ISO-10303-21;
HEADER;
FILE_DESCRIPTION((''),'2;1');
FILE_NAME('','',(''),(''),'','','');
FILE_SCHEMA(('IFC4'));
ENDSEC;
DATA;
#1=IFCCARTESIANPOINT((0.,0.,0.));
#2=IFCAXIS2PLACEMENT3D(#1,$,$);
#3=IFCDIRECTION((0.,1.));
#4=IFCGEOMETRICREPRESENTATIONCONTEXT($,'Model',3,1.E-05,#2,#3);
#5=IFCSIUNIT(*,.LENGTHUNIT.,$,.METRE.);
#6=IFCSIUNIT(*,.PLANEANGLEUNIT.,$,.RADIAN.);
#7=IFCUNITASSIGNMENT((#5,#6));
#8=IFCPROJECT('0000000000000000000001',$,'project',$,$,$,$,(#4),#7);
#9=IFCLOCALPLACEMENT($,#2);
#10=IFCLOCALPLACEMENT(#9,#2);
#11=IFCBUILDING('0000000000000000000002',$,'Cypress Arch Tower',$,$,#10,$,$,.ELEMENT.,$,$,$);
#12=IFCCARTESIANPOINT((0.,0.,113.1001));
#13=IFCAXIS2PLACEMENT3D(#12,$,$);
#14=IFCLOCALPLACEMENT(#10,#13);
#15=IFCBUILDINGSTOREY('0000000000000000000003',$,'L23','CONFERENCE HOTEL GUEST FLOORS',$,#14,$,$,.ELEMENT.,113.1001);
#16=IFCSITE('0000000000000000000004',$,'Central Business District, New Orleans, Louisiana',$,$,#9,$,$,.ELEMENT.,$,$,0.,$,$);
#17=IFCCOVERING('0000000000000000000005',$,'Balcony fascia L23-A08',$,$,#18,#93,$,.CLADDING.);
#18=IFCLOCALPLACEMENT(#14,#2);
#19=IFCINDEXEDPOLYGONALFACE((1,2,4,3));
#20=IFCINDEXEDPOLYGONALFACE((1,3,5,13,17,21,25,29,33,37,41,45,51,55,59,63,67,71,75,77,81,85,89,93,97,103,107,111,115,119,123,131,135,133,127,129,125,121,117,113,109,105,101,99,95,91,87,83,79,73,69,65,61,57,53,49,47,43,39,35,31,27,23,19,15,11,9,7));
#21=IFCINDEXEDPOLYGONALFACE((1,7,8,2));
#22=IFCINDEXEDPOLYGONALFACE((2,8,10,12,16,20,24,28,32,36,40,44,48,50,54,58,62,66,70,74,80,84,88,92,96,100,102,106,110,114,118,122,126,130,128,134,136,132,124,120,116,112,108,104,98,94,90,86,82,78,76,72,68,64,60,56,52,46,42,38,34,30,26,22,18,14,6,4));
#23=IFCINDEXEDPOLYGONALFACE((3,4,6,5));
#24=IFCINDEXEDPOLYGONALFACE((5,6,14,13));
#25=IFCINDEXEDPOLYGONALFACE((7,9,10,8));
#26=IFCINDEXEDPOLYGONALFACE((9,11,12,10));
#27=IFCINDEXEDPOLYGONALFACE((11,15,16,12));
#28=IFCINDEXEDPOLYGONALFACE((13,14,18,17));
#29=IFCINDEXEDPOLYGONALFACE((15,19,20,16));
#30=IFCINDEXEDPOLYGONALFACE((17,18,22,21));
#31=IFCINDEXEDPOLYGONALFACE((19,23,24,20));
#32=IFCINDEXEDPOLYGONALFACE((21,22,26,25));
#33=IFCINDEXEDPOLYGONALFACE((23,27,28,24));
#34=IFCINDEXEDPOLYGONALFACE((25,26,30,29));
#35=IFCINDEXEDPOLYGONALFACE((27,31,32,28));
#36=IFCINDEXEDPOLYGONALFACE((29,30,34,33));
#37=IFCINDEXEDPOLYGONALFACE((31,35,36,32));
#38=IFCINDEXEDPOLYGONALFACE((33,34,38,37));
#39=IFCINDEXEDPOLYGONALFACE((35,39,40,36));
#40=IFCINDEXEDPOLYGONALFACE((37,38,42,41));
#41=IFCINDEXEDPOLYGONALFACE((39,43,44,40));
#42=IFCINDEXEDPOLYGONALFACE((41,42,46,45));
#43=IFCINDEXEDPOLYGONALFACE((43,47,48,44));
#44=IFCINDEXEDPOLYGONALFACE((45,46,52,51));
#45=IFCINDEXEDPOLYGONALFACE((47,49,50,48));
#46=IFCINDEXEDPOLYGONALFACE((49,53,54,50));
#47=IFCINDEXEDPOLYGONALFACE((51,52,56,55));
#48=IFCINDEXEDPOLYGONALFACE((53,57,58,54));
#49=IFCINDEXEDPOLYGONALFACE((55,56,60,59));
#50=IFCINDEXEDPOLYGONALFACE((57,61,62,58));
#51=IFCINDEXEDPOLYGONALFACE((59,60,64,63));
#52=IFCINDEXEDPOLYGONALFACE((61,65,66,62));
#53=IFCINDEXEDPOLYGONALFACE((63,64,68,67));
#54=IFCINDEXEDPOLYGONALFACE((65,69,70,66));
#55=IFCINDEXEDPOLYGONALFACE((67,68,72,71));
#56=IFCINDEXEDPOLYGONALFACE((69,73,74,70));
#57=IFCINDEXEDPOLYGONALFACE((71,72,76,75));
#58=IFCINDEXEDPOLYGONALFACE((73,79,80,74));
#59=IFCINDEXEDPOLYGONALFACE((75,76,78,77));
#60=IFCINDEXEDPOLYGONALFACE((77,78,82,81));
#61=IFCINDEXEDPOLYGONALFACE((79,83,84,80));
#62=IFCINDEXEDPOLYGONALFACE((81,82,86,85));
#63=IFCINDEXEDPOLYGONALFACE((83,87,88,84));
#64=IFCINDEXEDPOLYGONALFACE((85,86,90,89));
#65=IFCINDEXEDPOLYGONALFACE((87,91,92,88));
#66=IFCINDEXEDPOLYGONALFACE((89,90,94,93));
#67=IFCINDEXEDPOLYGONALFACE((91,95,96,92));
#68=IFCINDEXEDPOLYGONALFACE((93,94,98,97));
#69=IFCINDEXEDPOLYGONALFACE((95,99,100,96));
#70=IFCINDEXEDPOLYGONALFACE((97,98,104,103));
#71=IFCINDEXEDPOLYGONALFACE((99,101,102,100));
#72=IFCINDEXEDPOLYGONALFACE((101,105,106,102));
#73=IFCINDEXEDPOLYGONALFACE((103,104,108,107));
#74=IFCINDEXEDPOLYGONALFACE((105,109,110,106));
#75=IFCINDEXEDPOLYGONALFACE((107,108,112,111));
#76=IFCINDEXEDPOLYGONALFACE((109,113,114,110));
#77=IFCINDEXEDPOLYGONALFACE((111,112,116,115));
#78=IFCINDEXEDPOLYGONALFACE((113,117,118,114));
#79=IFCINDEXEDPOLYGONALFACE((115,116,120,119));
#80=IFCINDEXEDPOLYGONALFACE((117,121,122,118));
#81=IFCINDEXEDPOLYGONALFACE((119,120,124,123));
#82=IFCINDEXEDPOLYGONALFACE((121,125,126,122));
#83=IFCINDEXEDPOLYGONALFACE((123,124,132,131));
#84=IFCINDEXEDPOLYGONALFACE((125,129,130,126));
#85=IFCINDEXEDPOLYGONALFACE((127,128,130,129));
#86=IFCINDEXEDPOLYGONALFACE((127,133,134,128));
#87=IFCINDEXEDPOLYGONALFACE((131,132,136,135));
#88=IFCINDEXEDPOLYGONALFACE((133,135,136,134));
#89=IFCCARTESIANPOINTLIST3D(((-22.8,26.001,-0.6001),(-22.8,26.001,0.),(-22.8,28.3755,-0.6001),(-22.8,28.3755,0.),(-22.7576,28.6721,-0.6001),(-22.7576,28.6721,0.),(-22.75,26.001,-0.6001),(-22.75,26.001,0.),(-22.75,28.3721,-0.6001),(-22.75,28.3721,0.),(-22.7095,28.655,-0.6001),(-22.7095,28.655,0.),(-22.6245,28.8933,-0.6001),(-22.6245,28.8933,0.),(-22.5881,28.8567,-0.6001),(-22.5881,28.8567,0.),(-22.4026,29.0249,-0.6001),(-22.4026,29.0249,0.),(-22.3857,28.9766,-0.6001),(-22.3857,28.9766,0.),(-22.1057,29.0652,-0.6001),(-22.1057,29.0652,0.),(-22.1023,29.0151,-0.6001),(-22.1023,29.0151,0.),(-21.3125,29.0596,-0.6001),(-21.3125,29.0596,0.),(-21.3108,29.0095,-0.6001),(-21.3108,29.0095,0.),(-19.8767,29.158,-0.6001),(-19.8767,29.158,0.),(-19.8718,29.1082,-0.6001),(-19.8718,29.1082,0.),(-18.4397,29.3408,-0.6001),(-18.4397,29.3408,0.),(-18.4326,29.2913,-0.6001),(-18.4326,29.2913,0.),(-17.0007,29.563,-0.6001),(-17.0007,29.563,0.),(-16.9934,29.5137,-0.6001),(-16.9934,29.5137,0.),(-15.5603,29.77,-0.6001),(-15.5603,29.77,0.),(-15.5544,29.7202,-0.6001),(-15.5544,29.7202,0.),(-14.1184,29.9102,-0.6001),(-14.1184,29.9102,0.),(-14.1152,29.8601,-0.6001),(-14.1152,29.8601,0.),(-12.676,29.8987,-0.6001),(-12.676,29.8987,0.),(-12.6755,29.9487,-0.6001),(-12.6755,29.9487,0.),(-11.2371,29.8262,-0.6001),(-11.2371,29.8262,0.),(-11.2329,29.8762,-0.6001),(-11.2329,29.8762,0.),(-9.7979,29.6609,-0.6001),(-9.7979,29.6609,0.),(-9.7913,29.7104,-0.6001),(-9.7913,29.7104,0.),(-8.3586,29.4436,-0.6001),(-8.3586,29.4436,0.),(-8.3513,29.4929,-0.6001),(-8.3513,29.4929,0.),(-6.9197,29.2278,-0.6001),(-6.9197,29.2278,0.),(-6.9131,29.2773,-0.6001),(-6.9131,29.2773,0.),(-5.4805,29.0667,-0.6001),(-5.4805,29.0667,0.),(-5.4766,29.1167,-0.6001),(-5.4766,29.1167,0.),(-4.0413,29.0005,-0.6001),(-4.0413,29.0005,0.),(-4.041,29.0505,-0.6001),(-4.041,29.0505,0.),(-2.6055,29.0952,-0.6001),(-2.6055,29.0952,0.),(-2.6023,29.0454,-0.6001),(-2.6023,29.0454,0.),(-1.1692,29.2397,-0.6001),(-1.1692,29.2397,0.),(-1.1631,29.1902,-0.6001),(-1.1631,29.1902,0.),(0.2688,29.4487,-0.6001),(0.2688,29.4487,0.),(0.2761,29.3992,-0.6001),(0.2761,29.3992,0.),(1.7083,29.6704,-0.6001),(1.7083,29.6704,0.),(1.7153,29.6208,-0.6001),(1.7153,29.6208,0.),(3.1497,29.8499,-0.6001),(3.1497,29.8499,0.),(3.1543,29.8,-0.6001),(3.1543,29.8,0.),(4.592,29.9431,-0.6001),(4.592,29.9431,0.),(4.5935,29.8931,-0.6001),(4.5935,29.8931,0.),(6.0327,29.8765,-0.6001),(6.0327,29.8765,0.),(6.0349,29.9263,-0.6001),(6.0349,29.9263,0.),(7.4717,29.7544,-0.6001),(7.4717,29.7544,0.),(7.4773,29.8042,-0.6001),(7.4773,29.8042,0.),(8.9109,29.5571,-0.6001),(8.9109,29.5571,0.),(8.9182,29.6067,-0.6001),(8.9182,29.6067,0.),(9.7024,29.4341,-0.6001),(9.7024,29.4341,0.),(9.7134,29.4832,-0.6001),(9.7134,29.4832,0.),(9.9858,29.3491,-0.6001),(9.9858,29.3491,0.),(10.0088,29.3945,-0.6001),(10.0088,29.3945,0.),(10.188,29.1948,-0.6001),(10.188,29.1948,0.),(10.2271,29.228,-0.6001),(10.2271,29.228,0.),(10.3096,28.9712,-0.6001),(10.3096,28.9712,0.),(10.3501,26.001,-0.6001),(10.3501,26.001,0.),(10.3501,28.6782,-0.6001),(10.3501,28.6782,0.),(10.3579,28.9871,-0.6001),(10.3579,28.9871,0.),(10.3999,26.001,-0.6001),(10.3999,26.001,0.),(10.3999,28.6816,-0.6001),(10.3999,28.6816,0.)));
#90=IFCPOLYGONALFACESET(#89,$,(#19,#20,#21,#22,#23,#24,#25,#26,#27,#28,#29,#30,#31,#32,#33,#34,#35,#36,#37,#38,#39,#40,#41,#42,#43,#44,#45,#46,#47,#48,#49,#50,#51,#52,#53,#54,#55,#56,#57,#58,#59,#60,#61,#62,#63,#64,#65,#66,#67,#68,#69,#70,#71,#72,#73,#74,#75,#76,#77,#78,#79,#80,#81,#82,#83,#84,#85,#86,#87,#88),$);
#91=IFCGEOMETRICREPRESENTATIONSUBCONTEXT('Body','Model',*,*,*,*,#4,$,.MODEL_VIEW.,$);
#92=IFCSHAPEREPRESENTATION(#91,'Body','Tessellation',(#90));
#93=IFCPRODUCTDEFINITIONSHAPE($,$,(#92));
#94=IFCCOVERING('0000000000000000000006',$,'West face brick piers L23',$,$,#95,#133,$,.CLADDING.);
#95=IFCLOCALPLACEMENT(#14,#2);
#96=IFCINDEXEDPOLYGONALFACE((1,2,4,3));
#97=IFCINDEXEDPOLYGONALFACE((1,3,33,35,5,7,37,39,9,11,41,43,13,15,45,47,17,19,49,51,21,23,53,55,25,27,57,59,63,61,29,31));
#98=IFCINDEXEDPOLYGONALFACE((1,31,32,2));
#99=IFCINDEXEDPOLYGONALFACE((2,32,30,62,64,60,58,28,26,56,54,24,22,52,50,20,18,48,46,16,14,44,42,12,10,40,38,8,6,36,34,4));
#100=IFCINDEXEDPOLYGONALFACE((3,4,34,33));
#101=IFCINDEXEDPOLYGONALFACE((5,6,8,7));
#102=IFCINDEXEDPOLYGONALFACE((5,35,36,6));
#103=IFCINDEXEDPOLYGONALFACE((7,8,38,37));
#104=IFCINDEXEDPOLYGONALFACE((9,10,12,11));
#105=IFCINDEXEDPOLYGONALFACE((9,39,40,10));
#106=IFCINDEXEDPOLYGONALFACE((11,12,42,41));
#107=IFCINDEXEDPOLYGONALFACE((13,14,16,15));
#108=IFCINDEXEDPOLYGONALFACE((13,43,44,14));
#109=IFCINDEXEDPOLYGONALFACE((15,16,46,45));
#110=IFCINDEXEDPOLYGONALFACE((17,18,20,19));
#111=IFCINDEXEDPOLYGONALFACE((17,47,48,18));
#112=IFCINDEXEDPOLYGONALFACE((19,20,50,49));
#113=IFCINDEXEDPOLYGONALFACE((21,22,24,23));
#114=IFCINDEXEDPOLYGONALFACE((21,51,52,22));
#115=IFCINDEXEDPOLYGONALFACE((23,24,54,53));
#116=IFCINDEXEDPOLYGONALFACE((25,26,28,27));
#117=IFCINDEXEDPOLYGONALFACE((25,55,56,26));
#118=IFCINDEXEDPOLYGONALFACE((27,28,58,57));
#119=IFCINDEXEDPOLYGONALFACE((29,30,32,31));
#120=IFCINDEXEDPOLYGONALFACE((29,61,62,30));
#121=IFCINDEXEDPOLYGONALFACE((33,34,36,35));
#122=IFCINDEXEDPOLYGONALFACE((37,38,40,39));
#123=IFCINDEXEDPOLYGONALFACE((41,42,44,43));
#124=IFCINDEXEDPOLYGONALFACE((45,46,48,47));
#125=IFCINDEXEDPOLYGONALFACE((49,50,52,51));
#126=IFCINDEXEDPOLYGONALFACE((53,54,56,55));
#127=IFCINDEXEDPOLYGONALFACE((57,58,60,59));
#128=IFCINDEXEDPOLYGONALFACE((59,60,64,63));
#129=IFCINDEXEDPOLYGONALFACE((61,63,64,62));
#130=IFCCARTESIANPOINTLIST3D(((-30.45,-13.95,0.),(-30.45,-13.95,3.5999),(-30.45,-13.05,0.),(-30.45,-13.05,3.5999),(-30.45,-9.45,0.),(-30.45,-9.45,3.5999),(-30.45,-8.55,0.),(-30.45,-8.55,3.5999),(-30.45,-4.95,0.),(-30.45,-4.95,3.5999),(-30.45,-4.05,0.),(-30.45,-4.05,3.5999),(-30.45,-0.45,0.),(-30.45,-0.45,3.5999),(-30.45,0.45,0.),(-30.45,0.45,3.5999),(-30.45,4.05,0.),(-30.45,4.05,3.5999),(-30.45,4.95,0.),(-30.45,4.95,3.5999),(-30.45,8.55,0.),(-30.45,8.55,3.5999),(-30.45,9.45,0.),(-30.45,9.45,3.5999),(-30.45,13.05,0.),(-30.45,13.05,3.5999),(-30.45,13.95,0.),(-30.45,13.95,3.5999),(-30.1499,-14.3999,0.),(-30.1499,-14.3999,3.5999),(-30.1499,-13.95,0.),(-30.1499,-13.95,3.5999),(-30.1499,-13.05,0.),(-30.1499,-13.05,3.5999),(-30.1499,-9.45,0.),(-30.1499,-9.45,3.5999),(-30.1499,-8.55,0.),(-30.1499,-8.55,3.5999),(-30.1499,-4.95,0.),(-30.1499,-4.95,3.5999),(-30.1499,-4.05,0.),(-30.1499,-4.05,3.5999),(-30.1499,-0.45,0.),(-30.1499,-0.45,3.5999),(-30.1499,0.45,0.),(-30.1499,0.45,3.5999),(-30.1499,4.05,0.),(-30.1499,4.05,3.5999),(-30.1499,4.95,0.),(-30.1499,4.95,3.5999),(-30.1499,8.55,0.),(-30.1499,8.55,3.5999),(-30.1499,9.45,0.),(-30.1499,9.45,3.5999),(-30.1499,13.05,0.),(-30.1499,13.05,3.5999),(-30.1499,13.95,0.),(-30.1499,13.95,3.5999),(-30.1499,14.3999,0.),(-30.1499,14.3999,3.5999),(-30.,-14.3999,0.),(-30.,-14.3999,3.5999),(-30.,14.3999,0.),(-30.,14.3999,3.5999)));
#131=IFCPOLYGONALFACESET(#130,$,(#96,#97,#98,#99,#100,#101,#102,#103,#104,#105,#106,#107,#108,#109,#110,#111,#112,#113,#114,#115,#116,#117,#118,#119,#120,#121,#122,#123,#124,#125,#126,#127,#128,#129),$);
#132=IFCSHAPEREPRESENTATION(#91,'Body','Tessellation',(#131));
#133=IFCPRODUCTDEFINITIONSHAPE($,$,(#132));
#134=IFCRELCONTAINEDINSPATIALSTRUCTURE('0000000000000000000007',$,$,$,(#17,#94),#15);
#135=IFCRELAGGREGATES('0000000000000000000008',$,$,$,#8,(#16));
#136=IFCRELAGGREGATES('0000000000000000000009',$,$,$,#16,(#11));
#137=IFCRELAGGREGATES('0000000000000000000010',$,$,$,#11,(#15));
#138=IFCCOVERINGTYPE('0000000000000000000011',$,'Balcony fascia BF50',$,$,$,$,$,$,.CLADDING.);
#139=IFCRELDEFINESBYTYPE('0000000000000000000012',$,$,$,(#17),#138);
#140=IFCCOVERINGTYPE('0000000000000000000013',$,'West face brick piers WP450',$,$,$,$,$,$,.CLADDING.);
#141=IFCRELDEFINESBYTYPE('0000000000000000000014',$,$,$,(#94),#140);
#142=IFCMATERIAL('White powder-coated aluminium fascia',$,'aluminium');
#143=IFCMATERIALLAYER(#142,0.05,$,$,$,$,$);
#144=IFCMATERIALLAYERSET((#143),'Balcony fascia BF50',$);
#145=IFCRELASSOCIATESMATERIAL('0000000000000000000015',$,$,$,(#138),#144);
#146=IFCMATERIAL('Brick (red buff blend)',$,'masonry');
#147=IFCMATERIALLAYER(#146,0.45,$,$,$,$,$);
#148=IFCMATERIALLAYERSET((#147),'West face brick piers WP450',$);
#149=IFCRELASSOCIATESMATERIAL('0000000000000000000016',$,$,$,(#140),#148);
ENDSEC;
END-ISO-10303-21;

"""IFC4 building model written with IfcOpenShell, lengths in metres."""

from ifc_helpers import new_model, si_unit, direction, frame, origin, place, context, subcontext, project, spatial, polyline, outline, extrude, material, layer, layer_set, type_object, element, save


model = new_model("IFC4")

# Units and contexts
model_context = context("Model", 3, precision=1e-05, world=origin(), true_north=direction((0.0, 1.0)))
body_context = subcontext(model_context, "Body", "Model", "MODEL_VIEW")
ifc_project = project(units=[si_unit("LENGTHUNIT", "METRE"), si_unit("PLANEANGLEUNIT", "RADIAN")], contexts=[model_context])

# Site, building, storey
site_placement = place(None, origin())
site = spatial("IfcSite", under=ifc_project, at=site_placement, Name="Central Business District, New Orleans, Louisiana", CompositionType="ELEMENT", RefElevation=0.0)
building_placement = place(site_placement, origin())
building = spatial("IfcBuilding", under=site, at=building_placement, Name="Cypress Arch Tower", CompositionType="ELEMENT")
storey_placement = place(building_placement, frame((0.0, 0.0, 113.1001)))
storey = spatial("IfcBuildingStorey", under=building, at=storey_placement, Name="L23", Description="CONFERENCE HOTEL GUEST FLOORS", CompositionType="ELEMENT", Elevation=113.1001)

# Coverings
ifc_material_1 = material(Name="White powder-coated aluminium fascia", Category="aluminium")
ifc_layer_1 = layer(ifc_material_1, 0.05)
ifc_layer_set_1 = layer_set([ifc_layer_1], Name="Balcony fascia BF50")
covering_type_1 = type_object("IfcCoveringType", Name="Balcony fascia BF50", PredefinedType="CLADDING", material=ifc_layer_set_1)
covering_1_placement = place(storey_placement, frame((0.0, 0.0, -0.6001)))
element("IfcCovering", 1, at=covering_1_placement, inside=storey, type_object=covering_type_1, Name="Balcony fascia L23-A08", PredefinedType="CLADDING", context=body_context, shape_type="SweptSolid", body=[
    extrude(outline(polyline([(-22.8, 28.3755), (-22.7576, 28.6721), (-22.6245, 28.8933), (-22.4026, 29.0249), (-22.1057, 29.0652), (-21.3125, 29.0596), (-19.8767, 29.158), (-18.4397, 29.3408), (-17.0007, 29.563), (-15.5603, 29.77), (-14.1184, 29.9102), (-12.6755, 29.9487), (-11.2329, 29.8762), (-9.7913, 29.7104), (-8.3513, 29.4929), (-6.9131, 29.2773), (-5.4766, 29.1167), (-4.041, 29.0505), (-2.6055, 29.0952), (-1.1692, 29.2397), (0.2688, 29.4487), (1.7083, 29.6704), (3.1497, 29.8499), (4.592, 29.9431), (6.0349, 29.9263), (7.4773, 29.8042), (8.9182, 29.6067), (9.7134, 29.4832), (10.0088, 29.3945), (10.2271, 29.228), (10.3579, 28.9871), (10.3999, 28.6816), (10.3999, 26.001), (10.3501, 26.001), (10.3501, 28.6782), (10.3096, 28.9712), (10.188, 29.1948), (9.9858, 29.3491), (9.7024, 29.4341), (8.9109, 29.5571), (7.4717, 29.7544), (6.0327, 29.8765), (4.5935, 29.8931), (3.1543, 29.8), (1.7153, 29.6208), (0.2761, 29.3992), (-1.1631, 29.1902), (-2.6023, 29.0454), (-4.0413, 29.0005), (-5.4805, 29.0667), (-6.9197, 29.2278), (-8.3586, 29.4436), (-9.7979, 29.6609), (-11.2371, 29.8262), (-12.676, 29.8987), (-14.1152, 29.8601), (-15.5544, 29.7202), (-16.9934, 29.5137), (-18.4326, 29.2913), (-19.8718, 29.1082), (-21.3108, 29.0095), (-22.1023, 29.0151), (-22.3857, 28.9766), (-22.5881, 28.8567), (-22.7095, 28.655), (-22.75, 28.3721), (-22.75, 26.001), (-22.8, 26.001), (-22.8, 28.3755)])), origin(), (0.0, 0.0, 1.0), 0.6001),
])
ifc_material_2 = material(Name="Brick (red buff blend)", Category="masonry")
ifc_layer_2 = layer(ifc_material_2, 0.45)
ifc_layer_set_2 = layer_set([ifc_layer_2], Name="West face brick piers WP450")
covering_type_2 = type_object("IfcCoveringType", Name="West face brick piers WP450", PredefinedType="CLADDING", material=ifc_layer_set_2)
covering_2_placement = place(storey_placement, origin())
element("IfcCovering", 2, at=covering_2_placement, inside=storey, type_object=covering_type_2, Name="West face brick piers L23", PredefinedType="CLADDING", context=body_context, shape_type="SweptSolid", body=[
    extrude(outline(polyline([(-30.1499, -13.05), (-30.1499, -9.45), (-30.45, -9.45), (-30.45, -8.55), (-30.1499, -8.55), (-30.1499, -4.95), (-30.45, -4.95), (-30.45, -4.05), (-30.1499, -4.05), (-30.1499, -0.45), (-30.45, -0.45), (-30.45, 0.45), (-30.1499, 0.45), (-30.1499, 4.05), (-30.45, 4.05), (-30.45, 4.95), (-30.1499, 4.95), (-30.1499, 8.55), (-30.45, 8.55), (-30.45, 9.45), (-30.1499, 9.45), (-30.1499, 13.05), (-30.45, 13.05), (-30.45, 13.95), (-30.1499, 13.95), (-30.1499, 14.3999), (-30.0, 14.3999), (-30.0, -14.3999), (-30.1499, -14.3999), (-30.1499, -13.95), (-30.45, -13.95), (-30.45, -13.05), (-30.1499, -13.05)])), origin(), (0.0, 0.0, 1.0), 3.5999),
])

save(model, "model.ifc")
